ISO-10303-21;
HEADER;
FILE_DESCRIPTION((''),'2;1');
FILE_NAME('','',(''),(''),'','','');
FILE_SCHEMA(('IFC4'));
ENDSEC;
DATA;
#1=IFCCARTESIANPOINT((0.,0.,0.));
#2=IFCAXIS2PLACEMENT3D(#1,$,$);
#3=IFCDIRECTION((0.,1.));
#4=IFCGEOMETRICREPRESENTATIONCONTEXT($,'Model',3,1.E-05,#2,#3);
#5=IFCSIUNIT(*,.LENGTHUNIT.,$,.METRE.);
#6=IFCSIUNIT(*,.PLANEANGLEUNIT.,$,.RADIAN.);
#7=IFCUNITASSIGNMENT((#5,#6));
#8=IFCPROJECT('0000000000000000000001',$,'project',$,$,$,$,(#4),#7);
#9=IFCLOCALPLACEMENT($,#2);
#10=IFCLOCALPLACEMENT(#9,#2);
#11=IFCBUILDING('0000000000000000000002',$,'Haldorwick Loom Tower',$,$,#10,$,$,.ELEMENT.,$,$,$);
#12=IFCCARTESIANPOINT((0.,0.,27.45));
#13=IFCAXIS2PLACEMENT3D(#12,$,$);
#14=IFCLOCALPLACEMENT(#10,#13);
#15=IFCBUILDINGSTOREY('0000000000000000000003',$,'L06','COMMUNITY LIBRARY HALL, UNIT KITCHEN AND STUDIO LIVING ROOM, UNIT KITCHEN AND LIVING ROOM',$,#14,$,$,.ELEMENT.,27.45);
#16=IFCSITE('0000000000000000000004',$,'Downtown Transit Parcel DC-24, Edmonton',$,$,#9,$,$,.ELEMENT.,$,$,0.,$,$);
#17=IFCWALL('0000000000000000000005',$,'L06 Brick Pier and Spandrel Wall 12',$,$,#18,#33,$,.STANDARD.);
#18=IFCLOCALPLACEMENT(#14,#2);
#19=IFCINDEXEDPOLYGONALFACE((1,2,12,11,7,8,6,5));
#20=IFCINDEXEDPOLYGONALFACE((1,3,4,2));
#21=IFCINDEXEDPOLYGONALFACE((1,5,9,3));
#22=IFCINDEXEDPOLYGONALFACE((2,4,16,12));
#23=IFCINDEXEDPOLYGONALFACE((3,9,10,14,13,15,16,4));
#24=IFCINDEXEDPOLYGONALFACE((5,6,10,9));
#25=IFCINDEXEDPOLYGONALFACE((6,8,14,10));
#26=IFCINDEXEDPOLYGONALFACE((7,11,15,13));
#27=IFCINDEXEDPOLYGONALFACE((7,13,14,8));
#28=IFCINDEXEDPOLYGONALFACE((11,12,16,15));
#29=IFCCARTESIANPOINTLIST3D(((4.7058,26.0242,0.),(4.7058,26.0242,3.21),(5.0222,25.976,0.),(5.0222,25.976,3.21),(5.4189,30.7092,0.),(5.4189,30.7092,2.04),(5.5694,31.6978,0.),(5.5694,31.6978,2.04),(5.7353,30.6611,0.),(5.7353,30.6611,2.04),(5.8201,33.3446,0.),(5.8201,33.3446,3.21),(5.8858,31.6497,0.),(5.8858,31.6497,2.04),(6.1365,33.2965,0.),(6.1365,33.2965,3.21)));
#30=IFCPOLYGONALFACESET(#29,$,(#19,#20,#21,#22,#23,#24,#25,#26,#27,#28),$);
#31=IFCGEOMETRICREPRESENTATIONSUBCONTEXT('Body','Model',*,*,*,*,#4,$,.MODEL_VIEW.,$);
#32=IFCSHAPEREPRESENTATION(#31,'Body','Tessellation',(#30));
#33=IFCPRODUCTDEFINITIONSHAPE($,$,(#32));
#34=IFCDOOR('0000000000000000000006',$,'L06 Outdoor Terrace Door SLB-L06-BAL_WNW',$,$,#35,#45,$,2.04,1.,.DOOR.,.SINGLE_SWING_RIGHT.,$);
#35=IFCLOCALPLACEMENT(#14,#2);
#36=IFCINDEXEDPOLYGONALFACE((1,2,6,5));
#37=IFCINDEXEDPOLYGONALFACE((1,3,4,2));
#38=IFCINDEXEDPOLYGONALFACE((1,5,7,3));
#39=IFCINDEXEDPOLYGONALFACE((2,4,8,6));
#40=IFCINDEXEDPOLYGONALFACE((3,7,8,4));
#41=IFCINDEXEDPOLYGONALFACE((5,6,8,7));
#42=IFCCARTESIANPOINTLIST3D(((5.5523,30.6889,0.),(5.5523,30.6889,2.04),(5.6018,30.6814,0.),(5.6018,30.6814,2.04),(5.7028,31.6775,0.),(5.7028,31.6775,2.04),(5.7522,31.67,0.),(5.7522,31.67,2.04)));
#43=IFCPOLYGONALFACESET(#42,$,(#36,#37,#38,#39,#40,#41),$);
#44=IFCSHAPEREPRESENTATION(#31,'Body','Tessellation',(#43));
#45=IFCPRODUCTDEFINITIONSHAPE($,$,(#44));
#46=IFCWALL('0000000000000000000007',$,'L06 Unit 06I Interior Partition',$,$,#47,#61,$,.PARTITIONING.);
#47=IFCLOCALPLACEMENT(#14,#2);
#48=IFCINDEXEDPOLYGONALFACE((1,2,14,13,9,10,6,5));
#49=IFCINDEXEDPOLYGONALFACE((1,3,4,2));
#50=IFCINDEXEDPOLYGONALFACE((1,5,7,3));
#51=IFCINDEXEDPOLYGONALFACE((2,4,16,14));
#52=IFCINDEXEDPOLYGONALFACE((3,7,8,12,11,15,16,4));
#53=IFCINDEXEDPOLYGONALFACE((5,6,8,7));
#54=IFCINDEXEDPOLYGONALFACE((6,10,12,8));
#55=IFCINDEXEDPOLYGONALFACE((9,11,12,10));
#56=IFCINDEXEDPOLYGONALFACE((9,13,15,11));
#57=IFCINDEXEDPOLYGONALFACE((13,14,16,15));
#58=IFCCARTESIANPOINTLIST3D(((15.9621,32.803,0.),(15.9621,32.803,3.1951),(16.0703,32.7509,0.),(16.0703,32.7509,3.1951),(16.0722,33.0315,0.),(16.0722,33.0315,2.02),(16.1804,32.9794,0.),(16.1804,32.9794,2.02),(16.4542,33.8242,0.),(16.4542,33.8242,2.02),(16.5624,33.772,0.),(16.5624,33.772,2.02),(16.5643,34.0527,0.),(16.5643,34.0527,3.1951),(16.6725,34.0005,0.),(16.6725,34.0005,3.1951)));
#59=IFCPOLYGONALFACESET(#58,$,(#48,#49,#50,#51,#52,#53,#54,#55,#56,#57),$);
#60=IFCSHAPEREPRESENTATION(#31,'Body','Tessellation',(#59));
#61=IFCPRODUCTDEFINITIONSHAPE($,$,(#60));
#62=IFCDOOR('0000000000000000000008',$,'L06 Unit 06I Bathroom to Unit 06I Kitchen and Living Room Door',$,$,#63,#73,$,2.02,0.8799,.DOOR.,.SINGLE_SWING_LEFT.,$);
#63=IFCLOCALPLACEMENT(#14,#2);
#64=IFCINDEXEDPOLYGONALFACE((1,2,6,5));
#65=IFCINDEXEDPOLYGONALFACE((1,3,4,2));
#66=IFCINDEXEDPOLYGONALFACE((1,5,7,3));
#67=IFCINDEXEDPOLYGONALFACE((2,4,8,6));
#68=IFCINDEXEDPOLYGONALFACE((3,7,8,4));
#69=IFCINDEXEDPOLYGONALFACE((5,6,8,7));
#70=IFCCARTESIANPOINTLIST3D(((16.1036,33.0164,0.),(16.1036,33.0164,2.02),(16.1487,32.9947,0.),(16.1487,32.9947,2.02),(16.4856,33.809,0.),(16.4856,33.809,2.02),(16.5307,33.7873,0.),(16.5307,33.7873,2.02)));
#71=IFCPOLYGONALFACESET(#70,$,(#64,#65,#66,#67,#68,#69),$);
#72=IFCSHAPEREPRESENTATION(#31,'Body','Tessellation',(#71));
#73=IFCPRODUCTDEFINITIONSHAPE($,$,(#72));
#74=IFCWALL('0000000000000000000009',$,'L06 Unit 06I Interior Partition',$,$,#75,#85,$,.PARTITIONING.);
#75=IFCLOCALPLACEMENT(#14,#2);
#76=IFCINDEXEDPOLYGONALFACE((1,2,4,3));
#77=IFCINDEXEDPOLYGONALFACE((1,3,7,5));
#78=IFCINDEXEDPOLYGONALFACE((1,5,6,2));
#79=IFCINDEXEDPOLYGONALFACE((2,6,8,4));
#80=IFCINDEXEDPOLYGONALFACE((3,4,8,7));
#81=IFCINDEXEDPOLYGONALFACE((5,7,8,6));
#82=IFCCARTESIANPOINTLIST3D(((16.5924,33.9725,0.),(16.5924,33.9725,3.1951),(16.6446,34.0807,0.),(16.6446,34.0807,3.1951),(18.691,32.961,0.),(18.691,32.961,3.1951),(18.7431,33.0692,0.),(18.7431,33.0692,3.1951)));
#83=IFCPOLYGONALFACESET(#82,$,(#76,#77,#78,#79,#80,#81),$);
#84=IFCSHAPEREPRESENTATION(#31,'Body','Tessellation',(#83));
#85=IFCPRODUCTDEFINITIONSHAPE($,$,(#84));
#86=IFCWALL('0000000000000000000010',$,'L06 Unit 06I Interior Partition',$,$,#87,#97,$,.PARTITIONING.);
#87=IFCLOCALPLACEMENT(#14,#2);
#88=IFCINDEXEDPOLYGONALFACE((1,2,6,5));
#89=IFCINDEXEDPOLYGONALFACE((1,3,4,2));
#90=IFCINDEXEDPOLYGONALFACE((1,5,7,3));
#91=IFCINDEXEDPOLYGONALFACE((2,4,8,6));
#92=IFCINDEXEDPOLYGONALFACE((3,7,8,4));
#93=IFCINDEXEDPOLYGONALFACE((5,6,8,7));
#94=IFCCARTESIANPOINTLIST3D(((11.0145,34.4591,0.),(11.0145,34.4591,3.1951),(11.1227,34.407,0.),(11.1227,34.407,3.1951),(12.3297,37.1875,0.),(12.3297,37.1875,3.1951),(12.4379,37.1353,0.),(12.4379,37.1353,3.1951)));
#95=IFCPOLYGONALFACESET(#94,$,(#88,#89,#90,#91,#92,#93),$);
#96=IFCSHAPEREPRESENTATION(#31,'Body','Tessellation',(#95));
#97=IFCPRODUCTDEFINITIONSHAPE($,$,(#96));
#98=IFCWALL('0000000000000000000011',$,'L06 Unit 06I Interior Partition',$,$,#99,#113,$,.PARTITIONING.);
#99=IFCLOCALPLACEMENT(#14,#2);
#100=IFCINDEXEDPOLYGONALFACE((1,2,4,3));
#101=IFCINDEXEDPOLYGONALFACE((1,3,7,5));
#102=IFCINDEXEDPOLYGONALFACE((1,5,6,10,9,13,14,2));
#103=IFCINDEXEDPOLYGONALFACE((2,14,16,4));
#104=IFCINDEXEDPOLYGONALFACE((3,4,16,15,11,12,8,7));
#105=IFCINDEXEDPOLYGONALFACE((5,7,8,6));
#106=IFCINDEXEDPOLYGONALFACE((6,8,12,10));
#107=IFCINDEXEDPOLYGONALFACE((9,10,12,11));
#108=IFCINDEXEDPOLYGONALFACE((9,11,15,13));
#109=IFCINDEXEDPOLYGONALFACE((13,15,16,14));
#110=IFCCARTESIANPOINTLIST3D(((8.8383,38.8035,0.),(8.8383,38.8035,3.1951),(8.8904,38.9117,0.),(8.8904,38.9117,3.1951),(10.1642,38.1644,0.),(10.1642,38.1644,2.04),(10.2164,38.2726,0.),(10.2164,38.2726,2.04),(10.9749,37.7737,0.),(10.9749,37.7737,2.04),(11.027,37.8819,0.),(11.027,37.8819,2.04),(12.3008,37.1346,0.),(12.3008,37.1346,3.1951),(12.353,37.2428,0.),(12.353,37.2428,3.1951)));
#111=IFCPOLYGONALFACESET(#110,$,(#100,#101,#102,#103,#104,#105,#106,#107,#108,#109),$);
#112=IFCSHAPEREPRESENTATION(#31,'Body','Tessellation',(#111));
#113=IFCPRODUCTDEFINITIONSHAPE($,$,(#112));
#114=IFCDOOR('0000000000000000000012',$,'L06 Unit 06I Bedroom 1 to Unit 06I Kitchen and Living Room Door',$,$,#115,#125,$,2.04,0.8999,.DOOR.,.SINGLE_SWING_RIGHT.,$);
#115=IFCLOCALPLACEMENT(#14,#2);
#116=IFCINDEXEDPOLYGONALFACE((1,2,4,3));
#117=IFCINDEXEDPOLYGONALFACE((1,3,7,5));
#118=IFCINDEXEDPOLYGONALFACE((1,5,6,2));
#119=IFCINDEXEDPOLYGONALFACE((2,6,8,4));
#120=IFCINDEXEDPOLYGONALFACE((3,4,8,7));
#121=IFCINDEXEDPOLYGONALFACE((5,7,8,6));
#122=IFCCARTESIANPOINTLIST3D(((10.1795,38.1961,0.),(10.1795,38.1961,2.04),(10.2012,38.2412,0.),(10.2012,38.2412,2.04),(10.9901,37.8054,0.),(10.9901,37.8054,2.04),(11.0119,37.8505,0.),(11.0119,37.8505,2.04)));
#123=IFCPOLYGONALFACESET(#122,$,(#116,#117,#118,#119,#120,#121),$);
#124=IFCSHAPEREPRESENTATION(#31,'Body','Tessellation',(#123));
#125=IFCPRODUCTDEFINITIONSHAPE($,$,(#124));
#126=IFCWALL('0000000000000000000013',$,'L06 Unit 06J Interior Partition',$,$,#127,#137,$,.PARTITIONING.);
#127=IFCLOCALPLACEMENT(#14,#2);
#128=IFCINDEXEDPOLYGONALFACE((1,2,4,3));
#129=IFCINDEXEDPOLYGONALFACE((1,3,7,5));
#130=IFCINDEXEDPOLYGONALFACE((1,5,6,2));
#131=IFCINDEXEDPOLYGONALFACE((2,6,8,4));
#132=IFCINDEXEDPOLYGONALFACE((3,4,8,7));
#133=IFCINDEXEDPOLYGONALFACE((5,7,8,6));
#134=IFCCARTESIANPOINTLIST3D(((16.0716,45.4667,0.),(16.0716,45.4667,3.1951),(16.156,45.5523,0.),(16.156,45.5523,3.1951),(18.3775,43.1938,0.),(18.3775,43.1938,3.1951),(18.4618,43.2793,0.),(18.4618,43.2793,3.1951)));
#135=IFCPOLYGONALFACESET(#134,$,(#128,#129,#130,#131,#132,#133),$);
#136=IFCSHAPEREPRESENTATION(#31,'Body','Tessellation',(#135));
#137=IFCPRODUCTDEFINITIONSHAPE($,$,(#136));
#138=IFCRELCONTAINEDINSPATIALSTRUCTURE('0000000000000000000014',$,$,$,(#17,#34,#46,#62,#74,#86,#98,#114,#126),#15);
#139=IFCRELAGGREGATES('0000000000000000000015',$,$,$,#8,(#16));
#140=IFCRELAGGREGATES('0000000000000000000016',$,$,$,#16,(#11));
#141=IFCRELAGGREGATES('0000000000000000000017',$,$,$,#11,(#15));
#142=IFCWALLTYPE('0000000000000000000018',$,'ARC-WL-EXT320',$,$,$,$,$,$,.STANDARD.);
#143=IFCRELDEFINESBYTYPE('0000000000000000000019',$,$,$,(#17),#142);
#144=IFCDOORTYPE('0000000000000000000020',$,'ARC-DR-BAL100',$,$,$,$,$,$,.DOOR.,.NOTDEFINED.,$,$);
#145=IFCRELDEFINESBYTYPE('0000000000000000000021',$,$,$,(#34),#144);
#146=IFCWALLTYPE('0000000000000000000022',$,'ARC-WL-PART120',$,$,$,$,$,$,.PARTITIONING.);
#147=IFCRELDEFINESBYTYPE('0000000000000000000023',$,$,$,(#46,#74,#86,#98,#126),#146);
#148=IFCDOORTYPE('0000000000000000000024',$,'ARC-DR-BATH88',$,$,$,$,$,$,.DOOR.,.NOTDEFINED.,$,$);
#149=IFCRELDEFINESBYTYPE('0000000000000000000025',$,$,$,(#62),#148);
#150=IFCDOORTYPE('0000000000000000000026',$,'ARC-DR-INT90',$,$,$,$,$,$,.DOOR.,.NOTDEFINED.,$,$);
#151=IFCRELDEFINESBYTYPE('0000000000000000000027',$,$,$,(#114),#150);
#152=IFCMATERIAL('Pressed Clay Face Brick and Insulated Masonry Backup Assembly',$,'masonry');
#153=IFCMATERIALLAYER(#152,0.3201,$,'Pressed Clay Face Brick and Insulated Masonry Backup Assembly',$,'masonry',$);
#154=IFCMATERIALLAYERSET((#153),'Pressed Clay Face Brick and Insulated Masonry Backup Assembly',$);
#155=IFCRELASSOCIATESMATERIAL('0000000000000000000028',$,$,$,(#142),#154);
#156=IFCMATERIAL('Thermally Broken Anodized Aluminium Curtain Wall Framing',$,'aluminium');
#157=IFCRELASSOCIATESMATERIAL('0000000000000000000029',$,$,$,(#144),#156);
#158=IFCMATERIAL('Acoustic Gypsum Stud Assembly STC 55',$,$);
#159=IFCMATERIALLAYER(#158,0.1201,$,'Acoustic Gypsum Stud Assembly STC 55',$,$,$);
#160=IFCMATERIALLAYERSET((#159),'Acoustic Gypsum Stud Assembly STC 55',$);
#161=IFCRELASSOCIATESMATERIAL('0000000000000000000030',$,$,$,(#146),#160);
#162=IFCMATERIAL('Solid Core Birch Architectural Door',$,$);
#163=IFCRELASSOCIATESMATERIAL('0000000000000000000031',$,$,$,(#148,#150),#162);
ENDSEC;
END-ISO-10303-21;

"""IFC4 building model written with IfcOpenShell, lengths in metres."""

from ifc_helpers import new_model, si_unit, direction, frame, frame_2d, origin, place, context, subcontext, project, spatial, rectangle, extrude, material, layer, layer_set, type_object, element, fill, save


model = new_model("IFC4")

# Units and contexts
model_context = context("Model", 3, precision=1e-05, world=origin(), true_north=direction((0.0, 1.0)))
body_context = subcontext(model_context, "Body", "Model", "MODEL_VIEW")
ifc_project = project(units=[si_unit("LENGTHUNIT", "METRE"), si_unit("PLANEANGLEUNIT", "RADIAN")], contexts=[model_context])

# Site, building, storey
site_placement = place(None, origin())
site = spatial("IfcSite", under=ifc_project, at=site_placement, Name="Downtown Transit Parcel DC-24, Edmonton", CompositionType="ELEMENT", RefElevation=0.0)
building_placement = place(site_placement, origin())
building = spatial("IfcBuilding", under=site, at=building_placement, Name="Haldorwick Loom Tower", CompositionType="ELEMENT")
storey_placement = place(building_placement, frame((0.0, 0.0, 27.45)))
storey = spatial("IfcBuildingStorey", under=building, at=storey_placement, Name="L06", Description="COMMUNITY LIBRARY HALL, UNIT KITCHEN AND STUDIO LIVING ROOM, UNIT KITCHEN AND LIVING ROOM", CompositionType="ELEMENT", Elevation=27.45)

# Shared definitions
ifc_material_1 = material(Name="Pressed Clay Face Brick and Insulated Masonry Backup Assembly", Category="masonry")
ifc_layer_1 = layer(ifc_material_1, 0.3201, Name="Pressed Clay Face Brick and Insulated Masonry Backup Assembly", Category="masonry")
ifc_layer_set_1 = layer_set([ifc_layer_1], Name="Pressed Clay Face Brick and Insulated Masonry Backup Assembly")
wall_type_1 = type_object("IfcWallType", Name="ARC-WL-EXT320", PredefinedType="STANDARD", material=ifc_layer_set_1)

# Walls, openings, doors
wall_1_placement = place(storey_placement, frame((5.9783, 33.3206, 0.0), z_axis=(0.0, 0.0, 1.0), x_axis=(-0.150476, -0.988614, 0.0)))
wall_1 = element("IfcWall", 1, at=wall_1_placement, inside=storey, type_object=wall_type_1, Name="L06 Brick Pier and Spandrel Wall 12", PredefinedType="STANDARD", context=body_context, shape_type="SweptSolid", body=[
    extrude(rectangle(XDim=7.4048, YDim=0.3201, at=frame_2d((3.7024, 0.0))), origin(), (0.0, 0.0, 1.0), 3.21),
])
opening_1_placement = place(wall_1_placement, frame((1.6658, 0.0, 0.0)))
opening_1 = element("IfcOpeningElement", 2, at=opening_1_placement, cuts=wall_1, PredefinedType="OPENING", context=body_context, shape_type="SweptSolid", body=[
    extrude(rectangle(XDim=1.0, YDim=2.04, at=frame_2d((0.5, 1.02))), frame((0.0, 0.1699, 0.0), z_axis=(0.0, -1.0, 0.0), x_axis=(1.0, 0.0, 0.0)), (0.0, 0.0, 1.0), 0.3401),
])
ifc_material_2 = material(Name="Thermally Broken Anodized Aluminium Curtain Wall Framing", Category="aluminium")
door_type_1 = type_object("IfcDoorType", Name="ARC-DR-BAL100", OperationType="NOTDEFINED", PredefinedType="DOOR", material=ifc_material_2)
door_1_placement = place(opening_1_placement, origin())
door_1 = element("IfcDoor", 3, at=door_1_placement, inside=storey, type_object=door_type_1, Name="L06 Outdoor Terrace Door SLB-L06-BAL_WNW", OperationType="SINGLE_SWING_RIGHT", OverallHeight=2.04, OverallWidth=1.0, PredefinedType="DOOR", context=body_context, shape_type="SweptSolid", body=[
    extrude(rectangle(XDim=1.0, YDim=2.04, at=frame_2d((0.5, 1.02))), frame((0.0, 0.0249, 0.0), z_axis=(0.0, -1.0, 0.0), x_axis=(1.0, 0.0, 0.0)), (0.0, 0.0, 1.0), 0.05),
])
fill(opening_1, door_1)
ifc_material_3 = material(Name="Acoustic Gypsum Stud Assembly STC 55")
ifc_layer_2 = layer(ifc_material_3, 0.1201, Name="Acoustic Gypsum Stud Assembly STC 55")
ifc_layer_set_2 = layer_set([ifc_layer_2], Name="Acoustic Gypsum Stud Assembly STC 55")
wall_type_2 = type_object("IfcWallType", Name="ARC-WL-PART120", PredefinedType="PARTITIONING", material=ifc_layer_set_2)
wall_2_placement = place(storey_placement, frame((16.6184, 34.0266, 0.0), z_axis=(0.0, 0.0, 1.0), x_axis=(-0.434144, -0.900844, 0.0)))
wall_2 = element("IfcWall", 4, at=wall_2_placement, inside=storey, type_object=wall_type_2, Name="L06 Unit 06I Interior Partition", PredefinedType="PARTITIONING", context=body_context, shape_type="SweptSolid", body=[
    extrude(rectangle(XDim=1.3872, YDim=0.1201, at=frame_2d((0.6936, 0.0))), origin(), (0.0, 0.0, 1.0), 3.1951),
])
opening_2_placement = place(wall_2_placement, frame((0.2537, 0.0, 0.0)))
opening_2 = element("IfcOpeningElement", 5, at=opening_2_placement, cuts=wall_2, PredefinedType="OPENING", context=body_context, shape_type="SweptSolid", body=[
    extrude(rectangle(XDim=0.8799, YDim=2.02, at=frame_2d((0.4399, 1.01))), frame((0.0, 0.0701, 0.0), z_axis=(0.0, -1.0, 0.0), x_axis=(1.0, 0.0, 0.0)), (0.0, 0.0, 1.0), 0.1401),
])
ifc_material_4 = material(Name="Solid Core Birch Architectural Door")
door_type_2 = type_object("IfcDoorType", Name="ARC-DR-BATH88", OperationType="NOTDEFINED", PredefinedType="DOOR", material=ifc_material_4)
door_2_placement = place(opening_2_placement, origin())
door_2 = element("IfcDoor", 6, at=door_2_placement, inside=storey, type_object=door_type_2, Name="L06 Unit 06I Bathroom to Unit 06I Kitchen and Living Room Door", OperationType="SINGLE_SWING_LEFT", OverallHeight=2.02, OverallWidth=0.8799, PredefinedType="DOOR", context=body_context, shape_type="SweptSolid", body=[
    extrude(rectangle(XDim=0.8799, YDim=2.02, at=frame_2d((0.4399, 1.01))), frame((0.0, 0.0249, 0.0), z_axis=(0.0, -1.0, 0.0), x_axis=(1.0, 0.0, 0.0)), (0.0, 0.0, 1.0), 0.05),
])
fill(opening_2, door_2)

# Walls
wall_3_placement = place(storey_placement, frame((18.717, 33.0151, 0.0), z_axis=(0.0, 0.0, 1.0), x_axis=(-0.90083, 0.434172, 0.0)))
element("IfcWall", 7, at=wall_3_placement, inside=storey, type_object=wall_type_2, Name="L06 Unit 06I Interior Partition", PredefinedType="PARTITIONING", context=body_context, shape_type="SweptSolid", body=[
    extrude(rectangle(XDim=2.3296, YDim=0.1201, at=frame_2d((1.1648, 0.0))), origin(), (0.0, 0.0, 1.0), 3.1951),
])
wall_4_placement = place(storey_placement, frame((12.3838, 37.1614, 0.0), z_axis=(0.0, 0.0, 1.0), x_axis=(-0.434237, -0.900799, 0.0)))
element("IfcWall", 8, at=wall_4_placement, inside=storey, type_object=wall_type_2, Name="L06 Unit 06I Interior Partition", PredefinedType="PARTITIONING", context=body_context, shape_type="SweptSolid", body=[
    extrude(rectangle(XDim=3.0288, YDim=0.1201, at=frame_2d((1.5144, 0.0))), origin(), (0.0, 0.0, 1.0), 3.1951),
])

# Wall, opening, door
wall_5_placement = place(storey_placement, frame((12.3269, 37.1887, 0.0), z_axis=(0.0, 0.0, 1.0), x_axis=(-0.900824, 0.434184, 0.0)))
wall_5 = element("IfcWall", 9, at=wall_5_placement, inside=storey, type_object=wall_type_2, Name="L06 Unit 06I Interior Partition", PredefinedType="PARTITIONING", context=body_context, shape_type="SweptSolid", body=[
    extrude(rectangle(XDim=3.8438, YDim=0.1201, at=frame_2d((1.9219, 0.0))), origin(), (0.0, 0.0, 1.0), 3.1951),
])
opening_3_placement = place(wall_5_placement, frame((1.4719, 0.0, 0.0)))
opening_3 = element("IfcOpeningElement", 10, at=opening_3_placement, cuts=wall_5, PredefinedType="OPENING", context=body_context, shape_type="SweptSolid", body=[
    extrude(rectangle(XDim=0.8999, YDim=2.04, at=frame_2d((0.45, 1.02))), frame((0.0, 0.0701, 0.0), z_axis=(0.0, -1.0, 0.0), x_axis=(1.0, 0.0, 0.0)), (0.0, 0.0, 1.0), 0.1401),
])
door_type_3 = type_object("IfcDoorType", Name="ARC-DR-INT90", OperationType="NOTDEFINED", PredefinedType="DOOR", material=ifc_material_4)
door_3_placement = place(opening_3_placement, origin())
door_3 = element("IfcDoor", 11, at=door_3_placement, inside=storey, type_object=door_type_3, Name="L06 Unit 06I Bedroom 1 to Unit 06I Kitchen and Living Room Door", OperationType="SINGLE_SWING_RIGHT", OverallHeight=2.04, OverallWidth=0.8999, PredefinedType="DOOR", context=body_context, shape_type="SweptSolid", body=[
    extrude(rectangle(XDim=0.8999, YDim=2.04, at=frame_2d((0.45, 1.02))), frame((0.0, 0.0249, 0.0), z_axis=(0.0, -1.0, 0.0), x_axis=(1.0, 0.0, 0.0)), (0.0, 0.0, 1.0), 0.05),
])
fill(opening_3, door_3)

# Wall
wall_6_placement = place(storey_placement, frame((18.4197, 43.2366, 0.0), z_axis=(0.0, 0.0, 1.0), x_axis=(-0.712178, 0.701999, 0.0)))
element("IfcWall", 12, at=wall_6_placement, inside=storey, type_object=wall_type_2, Name="L06 Unit 06J Interior Partition", PredefinedType="PARTITIONING", context=body_context, shape_type="SweptSolid", body=[
    extrude(rectangle(XDim=3.2378, YDim=0.1201, at=frame_2d((1.6189, 0.0))), origin(), (0.0, 0.0, 1.0), 3.1951),
])

save(model, "model.ifc")
